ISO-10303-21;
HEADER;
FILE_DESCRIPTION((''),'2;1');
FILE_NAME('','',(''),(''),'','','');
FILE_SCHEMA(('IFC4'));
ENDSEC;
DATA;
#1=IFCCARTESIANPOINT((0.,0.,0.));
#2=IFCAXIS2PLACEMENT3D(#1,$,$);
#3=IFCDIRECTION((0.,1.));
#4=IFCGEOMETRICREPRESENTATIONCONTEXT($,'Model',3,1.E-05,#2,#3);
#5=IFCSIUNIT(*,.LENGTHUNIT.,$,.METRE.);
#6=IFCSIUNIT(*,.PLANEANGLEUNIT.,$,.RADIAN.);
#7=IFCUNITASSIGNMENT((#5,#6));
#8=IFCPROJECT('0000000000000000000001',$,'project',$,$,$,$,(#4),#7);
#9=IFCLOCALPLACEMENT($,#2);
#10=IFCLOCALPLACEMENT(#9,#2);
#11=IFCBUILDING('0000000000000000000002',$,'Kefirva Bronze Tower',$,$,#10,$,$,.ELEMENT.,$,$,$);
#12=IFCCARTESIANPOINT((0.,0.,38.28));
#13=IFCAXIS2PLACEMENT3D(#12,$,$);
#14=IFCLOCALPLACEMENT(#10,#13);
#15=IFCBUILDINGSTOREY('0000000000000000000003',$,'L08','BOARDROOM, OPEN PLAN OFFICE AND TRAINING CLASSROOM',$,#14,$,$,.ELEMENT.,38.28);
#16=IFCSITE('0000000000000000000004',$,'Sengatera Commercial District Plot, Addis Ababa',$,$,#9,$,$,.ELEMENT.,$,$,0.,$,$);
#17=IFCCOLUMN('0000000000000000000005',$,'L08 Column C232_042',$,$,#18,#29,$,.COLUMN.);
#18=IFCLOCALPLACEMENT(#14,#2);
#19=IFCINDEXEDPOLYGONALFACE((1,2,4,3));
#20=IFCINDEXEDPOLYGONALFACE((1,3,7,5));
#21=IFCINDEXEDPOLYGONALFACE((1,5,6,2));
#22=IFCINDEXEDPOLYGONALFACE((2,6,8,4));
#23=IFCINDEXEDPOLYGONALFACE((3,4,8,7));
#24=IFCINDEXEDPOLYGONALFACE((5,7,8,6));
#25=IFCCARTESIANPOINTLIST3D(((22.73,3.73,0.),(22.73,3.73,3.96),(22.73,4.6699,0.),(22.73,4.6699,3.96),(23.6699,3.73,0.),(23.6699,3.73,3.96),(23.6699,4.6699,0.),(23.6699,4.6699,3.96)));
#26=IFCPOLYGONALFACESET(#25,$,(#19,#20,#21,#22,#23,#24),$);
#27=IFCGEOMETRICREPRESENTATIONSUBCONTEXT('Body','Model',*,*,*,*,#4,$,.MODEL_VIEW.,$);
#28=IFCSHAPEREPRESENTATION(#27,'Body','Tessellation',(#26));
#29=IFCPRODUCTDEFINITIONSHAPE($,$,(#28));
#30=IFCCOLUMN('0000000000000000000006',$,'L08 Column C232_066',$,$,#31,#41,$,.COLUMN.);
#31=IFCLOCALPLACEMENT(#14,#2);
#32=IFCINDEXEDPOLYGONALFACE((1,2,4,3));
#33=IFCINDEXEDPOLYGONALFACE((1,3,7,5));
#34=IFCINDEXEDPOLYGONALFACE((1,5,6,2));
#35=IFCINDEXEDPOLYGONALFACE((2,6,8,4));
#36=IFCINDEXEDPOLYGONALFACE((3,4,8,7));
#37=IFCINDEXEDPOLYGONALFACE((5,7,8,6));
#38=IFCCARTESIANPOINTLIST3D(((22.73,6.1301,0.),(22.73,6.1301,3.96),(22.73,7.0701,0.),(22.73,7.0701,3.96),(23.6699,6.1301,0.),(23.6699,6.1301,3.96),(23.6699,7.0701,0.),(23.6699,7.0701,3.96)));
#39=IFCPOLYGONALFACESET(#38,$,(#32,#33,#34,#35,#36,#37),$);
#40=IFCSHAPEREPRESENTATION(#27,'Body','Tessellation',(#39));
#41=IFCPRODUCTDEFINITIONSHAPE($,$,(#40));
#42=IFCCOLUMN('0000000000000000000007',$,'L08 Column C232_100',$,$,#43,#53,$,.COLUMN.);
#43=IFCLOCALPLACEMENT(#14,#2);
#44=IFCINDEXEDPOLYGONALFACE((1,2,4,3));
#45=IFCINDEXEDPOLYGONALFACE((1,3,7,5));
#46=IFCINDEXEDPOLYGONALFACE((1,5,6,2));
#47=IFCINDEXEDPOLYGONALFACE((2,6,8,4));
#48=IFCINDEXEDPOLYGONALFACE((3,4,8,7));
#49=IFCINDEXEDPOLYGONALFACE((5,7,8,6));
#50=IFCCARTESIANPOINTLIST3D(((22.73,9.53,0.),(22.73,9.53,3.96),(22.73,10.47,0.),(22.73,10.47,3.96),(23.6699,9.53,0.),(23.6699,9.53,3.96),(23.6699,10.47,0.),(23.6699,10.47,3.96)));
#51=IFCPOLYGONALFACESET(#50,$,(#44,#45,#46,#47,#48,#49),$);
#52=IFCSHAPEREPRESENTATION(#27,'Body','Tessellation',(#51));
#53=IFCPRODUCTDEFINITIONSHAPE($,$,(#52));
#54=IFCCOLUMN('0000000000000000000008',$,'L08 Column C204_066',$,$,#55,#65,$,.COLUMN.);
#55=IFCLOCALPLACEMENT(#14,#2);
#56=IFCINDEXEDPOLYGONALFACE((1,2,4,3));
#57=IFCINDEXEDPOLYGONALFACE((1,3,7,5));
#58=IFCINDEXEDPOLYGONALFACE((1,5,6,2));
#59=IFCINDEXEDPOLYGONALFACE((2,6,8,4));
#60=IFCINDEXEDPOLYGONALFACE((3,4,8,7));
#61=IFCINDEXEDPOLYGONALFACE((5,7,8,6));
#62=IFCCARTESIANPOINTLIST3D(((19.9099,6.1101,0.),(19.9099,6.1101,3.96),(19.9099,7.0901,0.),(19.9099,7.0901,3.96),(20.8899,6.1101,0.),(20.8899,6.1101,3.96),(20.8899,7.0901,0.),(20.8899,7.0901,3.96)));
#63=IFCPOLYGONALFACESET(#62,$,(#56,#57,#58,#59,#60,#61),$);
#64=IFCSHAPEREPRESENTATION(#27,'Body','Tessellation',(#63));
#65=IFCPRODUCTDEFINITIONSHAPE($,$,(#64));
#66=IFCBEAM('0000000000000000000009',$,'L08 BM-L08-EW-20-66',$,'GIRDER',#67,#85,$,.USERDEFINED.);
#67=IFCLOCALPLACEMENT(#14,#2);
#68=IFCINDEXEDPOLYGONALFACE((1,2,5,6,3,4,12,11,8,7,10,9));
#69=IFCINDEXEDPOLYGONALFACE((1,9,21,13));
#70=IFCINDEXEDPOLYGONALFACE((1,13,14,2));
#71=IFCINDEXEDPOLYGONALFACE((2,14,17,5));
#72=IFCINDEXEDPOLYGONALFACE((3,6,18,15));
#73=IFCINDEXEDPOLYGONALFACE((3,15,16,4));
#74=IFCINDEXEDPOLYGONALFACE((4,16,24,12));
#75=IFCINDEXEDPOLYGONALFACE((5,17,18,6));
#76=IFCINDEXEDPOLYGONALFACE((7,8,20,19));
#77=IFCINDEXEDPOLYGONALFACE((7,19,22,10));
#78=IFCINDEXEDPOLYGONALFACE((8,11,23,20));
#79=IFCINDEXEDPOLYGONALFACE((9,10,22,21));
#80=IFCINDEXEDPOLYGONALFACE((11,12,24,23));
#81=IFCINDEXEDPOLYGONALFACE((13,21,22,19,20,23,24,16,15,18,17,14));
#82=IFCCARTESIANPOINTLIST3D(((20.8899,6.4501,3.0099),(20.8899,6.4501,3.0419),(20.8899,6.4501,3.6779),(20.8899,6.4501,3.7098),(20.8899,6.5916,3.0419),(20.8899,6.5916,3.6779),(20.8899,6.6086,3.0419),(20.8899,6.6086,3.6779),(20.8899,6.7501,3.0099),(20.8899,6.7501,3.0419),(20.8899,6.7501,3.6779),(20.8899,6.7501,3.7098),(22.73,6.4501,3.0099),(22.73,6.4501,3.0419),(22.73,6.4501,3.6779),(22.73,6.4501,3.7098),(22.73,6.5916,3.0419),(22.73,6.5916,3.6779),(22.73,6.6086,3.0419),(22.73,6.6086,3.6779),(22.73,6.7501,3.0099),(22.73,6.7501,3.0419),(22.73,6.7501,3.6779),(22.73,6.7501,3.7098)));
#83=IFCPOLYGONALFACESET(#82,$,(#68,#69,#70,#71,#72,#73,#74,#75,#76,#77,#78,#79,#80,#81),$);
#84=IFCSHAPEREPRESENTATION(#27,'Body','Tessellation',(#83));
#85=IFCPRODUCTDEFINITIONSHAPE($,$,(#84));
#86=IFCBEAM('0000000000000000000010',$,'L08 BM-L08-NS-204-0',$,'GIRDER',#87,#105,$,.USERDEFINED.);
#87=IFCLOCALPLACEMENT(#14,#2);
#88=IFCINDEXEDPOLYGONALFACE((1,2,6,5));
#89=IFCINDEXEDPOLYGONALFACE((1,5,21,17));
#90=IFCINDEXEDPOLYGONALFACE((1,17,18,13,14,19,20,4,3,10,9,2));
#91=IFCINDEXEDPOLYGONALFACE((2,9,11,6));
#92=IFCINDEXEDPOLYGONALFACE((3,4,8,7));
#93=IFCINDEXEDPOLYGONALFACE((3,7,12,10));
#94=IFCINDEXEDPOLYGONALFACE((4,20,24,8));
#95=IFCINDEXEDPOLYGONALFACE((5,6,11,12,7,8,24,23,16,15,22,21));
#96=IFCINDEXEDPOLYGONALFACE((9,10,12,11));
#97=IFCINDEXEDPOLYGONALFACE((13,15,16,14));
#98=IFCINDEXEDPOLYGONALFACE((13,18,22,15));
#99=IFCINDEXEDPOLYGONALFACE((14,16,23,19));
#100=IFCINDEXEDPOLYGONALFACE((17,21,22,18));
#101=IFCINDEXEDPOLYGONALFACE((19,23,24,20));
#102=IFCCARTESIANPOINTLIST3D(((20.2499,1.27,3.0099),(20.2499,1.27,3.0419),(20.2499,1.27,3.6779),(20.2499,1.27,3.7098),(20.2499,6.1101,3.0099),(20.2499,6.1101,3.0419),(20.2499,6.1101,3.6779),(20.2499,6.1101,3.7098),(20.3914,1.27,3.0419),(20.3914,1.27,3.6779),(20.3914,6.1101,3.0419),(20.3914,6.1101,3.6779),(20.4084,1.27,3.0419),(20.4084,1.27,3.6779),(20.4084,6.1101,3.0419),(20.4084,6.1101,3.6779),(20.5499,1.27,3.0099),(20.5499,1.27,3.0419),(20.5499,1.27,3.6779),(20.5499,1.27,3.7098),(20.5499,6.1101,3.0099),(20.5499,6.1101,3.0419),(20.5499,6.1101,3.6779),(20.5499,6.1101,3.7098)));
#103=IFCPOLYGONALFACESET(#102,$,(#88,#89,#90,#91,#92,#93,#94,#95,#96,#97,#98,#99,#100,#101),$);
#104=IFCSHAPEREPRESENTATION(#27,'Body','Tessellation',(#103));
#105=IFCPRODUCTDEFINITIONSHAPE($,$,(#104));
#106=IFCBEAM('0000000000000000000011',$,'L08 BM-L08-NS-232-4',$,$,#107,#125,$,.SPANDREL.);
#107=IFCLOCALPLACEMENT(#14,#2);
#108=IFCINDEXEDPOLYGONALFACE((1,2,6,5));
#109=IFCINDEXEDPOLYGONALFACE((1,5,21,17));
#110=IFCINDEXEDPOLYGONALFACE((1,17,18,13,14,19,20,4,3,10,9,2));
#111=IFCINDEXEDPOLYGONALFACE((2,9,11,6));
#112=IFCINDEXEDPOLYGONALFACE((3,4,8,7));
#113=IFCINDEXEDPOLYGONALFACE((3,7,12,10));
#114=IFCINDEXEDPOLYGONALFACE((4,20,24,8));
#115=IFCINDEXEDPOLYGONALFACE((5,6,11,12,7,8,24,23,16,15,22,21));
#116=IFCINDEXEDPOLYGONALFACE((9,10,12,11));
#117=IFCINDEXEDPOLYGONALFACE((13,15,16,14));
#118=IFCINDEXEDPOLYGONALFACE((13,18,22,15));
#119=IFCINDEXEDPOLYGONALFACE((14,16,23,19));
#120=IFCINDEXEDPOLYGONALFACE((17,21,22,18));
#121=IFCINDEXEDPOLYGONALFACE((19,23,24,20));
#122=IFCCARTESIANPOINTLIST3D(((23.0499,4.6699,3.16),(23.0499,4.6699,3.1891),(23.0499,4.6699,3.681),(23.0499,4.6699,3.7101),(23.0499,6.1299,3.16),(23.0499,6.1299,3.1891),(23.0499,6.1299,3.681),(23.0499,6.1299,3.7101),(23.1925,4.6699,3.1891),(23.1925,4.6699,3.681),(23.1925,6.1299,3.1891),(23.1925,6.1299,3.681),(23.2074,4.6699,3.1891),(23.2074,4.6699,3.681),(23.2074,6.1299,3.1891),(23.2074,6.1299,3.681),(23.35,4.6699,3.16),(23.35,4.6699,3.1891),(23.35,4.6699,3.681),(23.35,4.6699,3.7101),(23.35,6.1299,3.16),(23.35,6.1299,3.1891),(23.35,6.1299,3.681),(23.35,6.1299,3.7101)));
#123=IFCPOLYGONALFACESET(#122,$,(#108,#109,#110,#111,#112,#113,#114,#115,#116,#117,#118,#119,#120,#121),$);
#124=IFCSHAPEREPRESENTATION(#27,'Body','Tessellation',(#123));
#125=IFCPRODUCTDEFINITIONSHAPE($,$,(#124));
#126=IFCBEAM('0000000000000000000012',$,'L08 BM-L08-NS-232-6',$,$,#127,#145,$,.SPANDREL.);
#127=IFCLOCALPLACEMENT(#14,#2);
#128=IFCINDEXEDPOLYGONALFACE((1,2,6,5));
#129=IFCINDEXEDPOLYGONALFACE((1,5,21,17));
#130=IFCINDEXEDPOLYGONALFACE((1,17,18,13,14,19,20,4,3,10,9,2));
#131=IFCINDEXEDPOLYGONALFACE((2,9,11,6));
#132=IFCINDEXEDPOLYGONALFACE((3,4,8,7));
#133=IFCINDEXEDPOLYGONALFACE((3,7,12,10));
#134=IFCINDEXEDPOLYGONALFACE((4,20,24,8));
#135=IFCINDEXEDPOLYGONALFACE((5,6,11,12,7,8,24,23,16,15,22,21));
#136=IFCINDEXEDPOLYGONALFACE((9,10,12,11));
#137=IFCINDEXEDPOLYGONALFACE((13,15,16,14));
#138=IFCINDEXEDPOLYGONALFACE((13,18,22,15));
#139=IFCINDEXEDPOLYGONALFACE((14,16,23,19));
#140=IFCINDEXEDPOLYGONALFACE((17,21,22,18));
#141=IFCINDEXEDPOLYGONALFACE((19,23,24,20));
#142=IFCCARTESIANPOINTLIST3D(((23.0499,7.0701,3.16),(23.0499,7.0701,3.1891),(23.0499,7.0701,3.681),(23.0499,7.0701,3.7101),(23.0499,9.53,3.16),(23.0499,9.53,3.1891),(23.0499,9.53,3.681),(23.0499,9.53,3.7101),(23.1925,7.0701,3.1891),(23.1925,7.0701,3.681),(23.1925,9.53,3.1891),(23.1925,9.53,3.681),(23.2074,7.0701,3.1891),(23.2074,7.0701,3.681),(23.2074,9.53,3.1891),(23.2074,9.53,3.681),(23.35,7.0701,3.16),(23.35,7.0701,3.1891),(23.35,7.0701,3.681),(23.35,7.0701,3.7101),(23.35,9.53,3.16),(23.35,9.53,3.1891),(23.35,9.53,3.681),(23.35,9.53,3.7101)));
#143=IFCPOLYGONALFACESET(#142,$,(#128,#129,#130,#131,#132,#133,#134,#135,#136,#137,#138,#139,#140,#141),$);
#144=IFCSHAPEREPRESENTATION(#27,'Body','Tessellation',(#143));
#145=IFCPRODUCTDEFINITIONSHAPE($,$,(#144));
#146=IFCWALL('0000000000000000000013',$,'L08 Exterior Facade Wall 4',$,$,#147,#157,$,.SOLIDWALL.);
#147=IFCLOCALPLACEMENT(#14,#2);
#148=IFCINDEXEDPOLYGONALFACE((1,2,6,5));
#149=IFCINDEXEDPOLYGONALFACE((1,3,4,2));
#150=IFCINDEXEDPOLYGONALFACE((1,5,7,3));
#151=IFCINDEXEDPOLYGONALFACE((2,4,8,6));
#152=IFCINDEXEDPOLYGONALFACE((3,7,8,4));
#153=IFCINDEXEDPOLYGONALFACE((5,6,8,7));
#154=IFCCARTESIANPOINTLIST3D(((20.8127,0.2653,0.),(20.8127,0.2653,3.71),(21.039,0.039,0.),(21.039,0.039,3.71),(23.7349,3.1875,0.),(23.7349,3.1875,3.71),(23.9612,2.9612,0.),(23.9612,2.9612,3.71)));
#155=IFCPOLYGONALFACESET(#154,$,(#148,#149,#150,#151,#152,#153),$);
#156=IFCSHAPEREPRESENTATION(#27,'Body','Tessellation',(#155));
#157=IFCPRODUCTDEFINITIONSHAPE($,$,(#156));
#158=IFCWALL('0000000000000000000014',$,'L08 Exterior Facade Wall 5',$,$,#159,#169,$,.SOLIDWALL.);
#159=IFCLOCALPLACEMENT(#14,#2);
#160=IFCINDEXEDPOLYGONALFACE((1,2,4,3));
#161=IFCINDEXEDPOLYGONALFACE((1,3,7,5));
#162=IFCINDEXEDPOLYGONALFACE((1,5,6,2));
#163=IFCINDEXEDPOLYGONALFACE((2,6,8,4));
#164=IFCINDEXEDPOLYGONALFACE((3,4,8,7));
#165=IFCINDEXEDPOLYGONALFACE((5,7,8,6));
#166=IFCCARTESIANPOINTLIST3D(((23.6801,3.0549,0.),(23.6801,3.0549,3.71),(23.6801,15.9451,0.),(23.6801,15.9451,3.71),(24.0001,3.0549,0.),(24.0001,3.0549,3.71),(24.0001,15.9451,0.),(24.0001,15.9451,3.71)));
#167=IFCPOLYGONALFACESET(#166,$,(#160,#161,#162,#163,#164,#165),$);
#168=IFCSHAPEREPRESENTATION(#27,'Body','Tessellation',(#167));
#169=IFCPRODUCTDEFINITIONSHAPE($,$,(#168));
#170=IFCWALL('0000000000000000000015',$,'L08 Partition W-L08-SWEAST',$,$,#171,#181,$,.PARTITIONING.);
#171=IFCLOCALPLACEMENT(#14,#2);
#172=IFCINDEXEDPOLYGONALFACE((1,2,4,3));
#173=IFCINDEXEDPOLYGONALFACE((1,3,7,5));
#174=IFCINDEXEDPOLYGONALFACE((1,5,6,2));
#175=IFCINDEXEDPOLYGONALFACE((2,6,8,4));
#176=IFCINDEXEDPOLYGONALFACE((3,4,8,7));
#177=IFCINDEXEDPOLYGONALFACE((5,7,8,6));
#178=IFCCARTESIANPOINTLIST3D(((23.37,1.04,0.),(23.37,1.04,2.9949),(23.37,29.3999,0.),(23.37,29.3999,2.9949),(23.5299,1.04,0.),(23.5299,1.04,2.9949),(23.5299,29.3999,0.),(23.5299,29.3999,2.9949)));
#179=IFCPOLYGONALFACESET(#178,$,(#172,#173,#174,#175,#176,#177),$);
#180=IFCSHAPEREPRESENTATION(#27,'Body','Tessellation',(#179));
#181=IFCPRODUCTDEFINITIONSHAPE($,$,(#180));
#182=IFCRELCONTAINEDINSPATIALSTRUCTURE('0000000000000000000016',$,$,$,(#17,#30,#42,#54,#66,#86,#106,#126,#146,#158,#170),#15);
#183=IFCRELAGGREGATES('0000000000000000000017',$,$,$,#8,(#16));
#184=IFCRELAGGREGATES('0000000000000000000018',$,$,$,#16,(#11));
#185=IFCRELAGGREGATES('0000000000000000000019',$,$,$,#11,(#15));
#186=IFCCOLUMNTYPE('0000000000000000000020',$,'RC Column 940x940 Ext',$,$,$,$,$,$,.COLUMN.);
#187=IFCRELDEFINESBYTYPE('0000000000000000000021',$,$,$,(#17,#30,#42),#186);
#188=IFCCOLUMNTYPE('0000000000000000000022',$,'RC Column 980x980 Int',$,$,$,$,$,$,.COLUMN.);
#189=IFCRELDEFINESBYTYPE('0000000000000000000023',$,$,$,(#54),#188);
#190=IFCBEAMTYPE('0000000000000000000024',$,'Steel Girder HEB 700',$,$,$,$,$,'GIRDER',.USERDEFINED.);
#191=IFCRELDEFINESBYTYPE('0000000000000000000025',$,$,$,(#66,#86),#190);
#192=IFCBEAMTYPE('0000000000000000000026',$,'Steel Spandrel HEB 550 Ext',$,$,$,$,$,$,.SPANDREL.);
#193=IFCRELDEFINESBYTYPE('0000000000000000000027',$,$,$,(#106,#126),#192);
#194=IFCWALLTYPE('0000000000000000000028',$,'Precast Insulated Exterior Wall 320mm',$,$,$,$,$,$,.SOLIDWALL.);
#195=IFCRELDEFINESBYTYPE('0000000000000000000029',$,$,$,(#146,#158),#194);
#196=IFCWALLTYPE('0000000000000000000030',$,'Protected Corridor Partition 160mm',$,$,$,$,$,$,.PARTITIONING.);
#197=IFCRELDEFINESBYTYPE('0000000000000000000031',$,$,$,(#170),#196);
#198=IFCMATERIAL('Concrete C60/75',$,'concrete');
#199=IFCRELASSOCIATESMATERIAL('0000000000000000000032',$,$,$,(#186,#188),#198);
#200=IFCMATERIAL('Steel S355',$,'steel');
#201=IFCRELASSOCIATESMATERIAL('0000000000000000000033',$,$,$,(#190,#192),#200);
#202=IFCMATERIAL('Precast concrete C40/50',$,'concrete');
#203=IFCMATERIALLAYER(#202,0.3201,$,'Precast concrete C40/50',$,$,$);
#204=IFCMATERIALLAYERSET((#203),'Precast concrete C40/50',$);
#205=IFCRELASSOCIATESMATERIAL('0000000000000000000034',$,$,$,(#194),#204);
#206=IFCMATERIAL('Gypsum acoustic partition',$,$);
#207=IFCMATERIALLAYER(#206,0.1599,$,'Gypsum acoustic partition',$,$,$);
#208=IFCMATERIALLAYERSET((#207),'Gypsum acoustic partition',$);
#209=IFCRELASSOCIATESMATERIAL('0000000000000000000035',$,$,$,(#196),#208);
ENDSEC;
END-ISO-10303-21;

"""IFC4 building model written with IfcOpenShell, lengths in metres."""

from ifc_helpers import new_model, si_unit, direction, frame, frame_2d, origin, origin_2d, place, context, subcontext, project, spatial, rectangle, i_section, extrude, material, layer, layer_set, material_profile, profile_set, type_object, element, save


model = new_model("IFC4")

# Units and contexts
model_context = context("Model", 3, precision=1e-05, world=origin(), true_north=direction((0.0, 1.0)))
body_context = subcontext(model_context, "Body", "Model", "MODEL_VIEW")
ifc_project = project(units=[si_unit("LENGTHUNIT", "METRE"), si_unit("PLANEANGLEUNIT", "RADIAN")], contexts=[model_context])

# Site, building, storey
site_placement = place(None, origin())
site = spatial("IfcSite", under=ifc_project, at=site_placement, Name="Sengatera Commercial District Plot, Addis Ababa", CompositionType="ELEMENT", RefElevation=0.0)
building_placement = place(site_placement, origin())
building = spatial("IfcBuilding", under=site, at=building_placement, Name="Kefirva Bronze Tower", CompositionType="ELEMENT")
storey_placement = place(building_placement, frame((0.0, 0.0, 38.28)))
storey = spatial("IfcBuildingStorey", under=building, at=storey_placement, Name="L08", Description="BOARDROOM, OPEN PLAN OFFICE AND TRAINING CLASSROOM", CompositionType="ELEMENT", Elevation=38.28)

# Columns
ifc_material_1 = material(Name="Concrete C60/75", Category="concrete")
ifc_material_profile_1 = material_profile(ifc_material_1, rectangle(XDim=0.9399, YDim=0.9399, at=origin_2d()), Name="RC 940x940")
ifc_profile_set_1 = profile_set([ifc_material_profile_1], Name="Concrete C60/75")
column_type_1 = type_object("IfcColumnType", Name="RC Column 940x940 Ext", PredefinedType="COLUMN", material=ifc_profile_set_1)
for number, where, z_axis, x_axis, name in (
    (1, (23.2, 4.2, 0.0), (0.0, 0.0, 1.0), (1.0, 0.0, 0.0), "L08 Column C232_042"),
    (2, (23.2, 6.6001, 0.0), (0.0, 0.0, 1.0), (1.0, 0.0, 0.0), "L08 Column C232_066"),
    (3, (23.2, 10.0, 0.0), (0.0, 0.0, 1.0), (1.0, 0.0, 0.0), "L08 Column C232_100"),
):
    element("IfcColumn", number, at=place(storey_placement, frame(where, z_axis=z_axis, x_axis=x_axis)), inside=storey, type_object=column_type_1, Name=name, PredefinedType="COLUMN", context=body_context, shape_type="SweptSolid", body=[
        extrude(rectangle(XDim=0.9399, YDim=0.9399, at=origin_2d()), origin(), (0.0, 0.0, 1.0), 3.96),
    ])
ifc_material_profile_2 = material_profile(ifc_material_1, rectangle(XDim=0.98, YDim=0.98, at=origin_2d()), Name="RC 980x980")
ifc_profile_set_2 = profile_set([ifc_material_profile_2], Name="Concrete C60/75")
column_type_2 = type_object("IfcColumnType", Name="RC Column 980x980 Int", PredefinedType="COLUMN", material=ifc_profile_set_2)
column_placement = place(storey_placement, frame((20.3999, 6.6001, 0.0), z_axis=(0.0, 0.0, 1.0), x_axis=(1.0, 0.0, 0.0)))
element("IfcColumn", 4, at=column_placement, inside=storey, type_object=column_type_2, Name="L08 Column C204_066", PredefinedType="COLUMN", context=body_context, shape_type="SweptSolid", body=[
    extrude(rectangle(XDim=0.98, YDim=0.98, at=origin_2d()), origin(), (0.0, 0.0, 1.0), 3.96),
])

# Beams
ifc_material_2 = material(Name="Steel S355", Category="steel")
ifc_material_profile_3 = material_profile(ifc_material_2, i_section(OverallWidth=0.3, OverallDepth=0.7, WebThickness=0.0171, FlangeThickness=0.032, at=origin_2d()), Name="HEB 700")
ifc_profile_set_3 = profile_set([ifc_material_profile_3], Name="Steel S355")
beam_type_1 = type_object("IfcBeamType", Name="Steel Girder HEB 700", ElementType="GIRDER", PredefinedType="USERDEFINED", material=ifc_profile_set_3)
beam_1_placement = place(storey_placement, frame((20.8899, 6.6001, 3.3599), z_axis=(1.0, 0.0, 0.0), x_axis=(0.0, 1.0, 0.0)))
element("IfcBeam", 5, at=beam_1_placement, inside=storey, type_object=beam_type_1, Name="L08 BM-L08-EW-20-66", ObjectType="GIRDER", PredefinedType="USERDEFINED", context=body_context, shape_type="SweptSolid", body=[
    extrude(i_section(OverallWidth=0.3, OverallDepth=0.7, WebThickness=0.0171, FlangeThickness=0.032, at=origin_2d()), origin(), (0.0, 0.0, 1.0), 1.8401),
])
beam_2_placement = place(storey_placement, frame((20.3999, 1.27, 3.3599), z_axis=(0.0, 1.0, 0.0), x_axis=(-1.0, 0.0, 0.0)))
element("IfcBeam", 6, at=beam_2_placement, inside=storey, type_object=beam_type_1, Name="L08 BM-L08-NS-204-0", ObjectType="GIRDER", PredefinedType="USERDEFINED", context=body_context, shape_type="SweptSolid", body=[
    extrude(i_section(OverallWidth=0.3, OverallDepth=0.7, WebThickness=0.0171, FlangeThickness=0.032, at=origin_2d()), origin(), (0.0, 0.0, 1.0), 4.8401),
])
ifc_material_profile_4 = material_profile(ifc_material_2, i_section(OverallWidth=0.3, OverallDepth=0.55, WebThickness=0.0149, FlangeThickness=0.0291, at=origin_2d()), Name="HEB 550")
ifc_profile_set_4 = profile_set([ifc_material_profile_4], Name="Steel S355")
beam_type_2 = type_object("IfcBeamType", Name="Steel Spandrel HEB 550 Ext", PredefinedType="SPANDREL", material=ifc_profile_set_4)
beam_3_placement = place(storey_placement, frame((23.2, 4.6699, 3.4351), z_axis=(0.0, 1.0, 0.0), x_axis=(-1.0, 0.0, 0.0)))
element("IfcBeam", 7, at=beam_3_placement, inside=storey, type_object=beam_type_2, Name="L08 BM-L08-NS-232-4", PredefinedType="SPANDREL", context=body_context, shape_type="SweptSolid", body=[
    extrude(i_section(OverallWidth=0.3, OverallDepth=0.55, WebThickness=0.0149, FlangeThickness=0.0291, at=origin_2d()), origin(), (0.0, 0.0, 1.0), 1.46),
])
beam_4_placement = place(storey_placement, frame((23.2, 7.0701, 3.4351), z_axis=(0.0, 1.0, 0.0), x_axis=(-1.0, 0.0, 0.0)))
element("IfcBeam", 8, at=beam_4_placement, inside=storey, type_object=beam_type_2, Name="L08 BM-L08-NS-232-6", PredefinedType="SPANDREL", context=body_context, shape_type="SweptSolid", body=[
    extrude(i_section(OverallWidth=0.3, OverallDepth=0.55, WebThickness=0.0149, FlangeThickness=0.0291, at=origin_2d()), origin(), (0.0, 0.0, 1.0), 2.46),
])

# Walls
ifc_material_3 = material(Name="Precast concrete C40/50", Category="concrete")
ifc_layer_1 = layer(ifc_material_3, 0.3201, Name="Precast concrete C40/50")
ifc_layer_set_1 = layer_set([ifc_layer_1], Name="Precast concrete C40/50")
wall_type_1 = type_object("IfcWallType", Name="Precast Insulated Exterior Wall 320mm", PredefinedType="SOLIDWALL", material=ifc_layer_set_1)
wall_1_placement = place(storey_placement, frame((20.9258, 0.1521, 0.0), z_axis=(0.0, 0.0, 1.0), x_axis=(0.707107, 0.707107, 0.0)))
element("IfcWall", 9, at=wall_1_placement, inside=storey, type_object=wall_type_1, Name="L08 Exterior Facade Wall 4", PredefinedType="SOLIDWALL", context=body_context, shape_type="SweptSolid", body=[
    extrude(rectangle(XDim=4.1326, YDim=0.3201, at=frame_2d((2.0664, 0.0))), origin(), (0.0, 0.0, 1.0), 3.71),
])
wall_2_placement = place(storey_placement, frame((23.8401, 3.0549, 0.0), z_axis=(0.0, 0.0, 1.0), x_axis=(0.0, 1.0, 0.0)))
element("IfcWall", 10, at=wall_2_placement, inside=storey, type_object=wall_type_1, Name="L08 Exterior Facade Wall 5", PredefinedType="SOLIDWALL", context=body_context, shape_type="SweptSolid", body=[
    extrude(rectangle(XDim=12.8901, YDim=0.3201, at=frame_2d((6.4451, 0.0))), origin(), (0.0, 0.0, 1.0), 3.71),
])
ifc_material_4 = material(Name="Gypsum acoustic partition")
ifc_layer_2 = layer(ifc_material_4, 0.1599, Name="Gypsum acoustic partition")
ifc_layer_set_2 = layer_set([ifc_layer_2], Name="Gypsum acoustic partition")
wall_type_2 = type_object("IfcWallType", Name="Protected Corridor Partition 160mm", PredefinedType="PARTITIONING", material=ifc_layer_set_2)
wall_3_placement = place(storey_placement, frame((23.45, 1.04, 0.0), z_axis=(0.0, 0.0, 1.0), x_axis=(0.0, 1.0, 0.0)))
element("IfcWall", 11, at=wall_3_placement, inside=storey, type_object=wall_type_2, Name="L08 Partition W-L08-SWEAST", PredefinedType="PARTITIONING", context=body_context, shape_type="SweptSolid", body=[
    extrude(rectangle(XDim=28.3599, YDim=0.1599, at=frame_2d((14.1799, 0.0))), origin(), (0.0, 0.0, 1.0), 2.9949),
])

save(model, "model.ifc")
